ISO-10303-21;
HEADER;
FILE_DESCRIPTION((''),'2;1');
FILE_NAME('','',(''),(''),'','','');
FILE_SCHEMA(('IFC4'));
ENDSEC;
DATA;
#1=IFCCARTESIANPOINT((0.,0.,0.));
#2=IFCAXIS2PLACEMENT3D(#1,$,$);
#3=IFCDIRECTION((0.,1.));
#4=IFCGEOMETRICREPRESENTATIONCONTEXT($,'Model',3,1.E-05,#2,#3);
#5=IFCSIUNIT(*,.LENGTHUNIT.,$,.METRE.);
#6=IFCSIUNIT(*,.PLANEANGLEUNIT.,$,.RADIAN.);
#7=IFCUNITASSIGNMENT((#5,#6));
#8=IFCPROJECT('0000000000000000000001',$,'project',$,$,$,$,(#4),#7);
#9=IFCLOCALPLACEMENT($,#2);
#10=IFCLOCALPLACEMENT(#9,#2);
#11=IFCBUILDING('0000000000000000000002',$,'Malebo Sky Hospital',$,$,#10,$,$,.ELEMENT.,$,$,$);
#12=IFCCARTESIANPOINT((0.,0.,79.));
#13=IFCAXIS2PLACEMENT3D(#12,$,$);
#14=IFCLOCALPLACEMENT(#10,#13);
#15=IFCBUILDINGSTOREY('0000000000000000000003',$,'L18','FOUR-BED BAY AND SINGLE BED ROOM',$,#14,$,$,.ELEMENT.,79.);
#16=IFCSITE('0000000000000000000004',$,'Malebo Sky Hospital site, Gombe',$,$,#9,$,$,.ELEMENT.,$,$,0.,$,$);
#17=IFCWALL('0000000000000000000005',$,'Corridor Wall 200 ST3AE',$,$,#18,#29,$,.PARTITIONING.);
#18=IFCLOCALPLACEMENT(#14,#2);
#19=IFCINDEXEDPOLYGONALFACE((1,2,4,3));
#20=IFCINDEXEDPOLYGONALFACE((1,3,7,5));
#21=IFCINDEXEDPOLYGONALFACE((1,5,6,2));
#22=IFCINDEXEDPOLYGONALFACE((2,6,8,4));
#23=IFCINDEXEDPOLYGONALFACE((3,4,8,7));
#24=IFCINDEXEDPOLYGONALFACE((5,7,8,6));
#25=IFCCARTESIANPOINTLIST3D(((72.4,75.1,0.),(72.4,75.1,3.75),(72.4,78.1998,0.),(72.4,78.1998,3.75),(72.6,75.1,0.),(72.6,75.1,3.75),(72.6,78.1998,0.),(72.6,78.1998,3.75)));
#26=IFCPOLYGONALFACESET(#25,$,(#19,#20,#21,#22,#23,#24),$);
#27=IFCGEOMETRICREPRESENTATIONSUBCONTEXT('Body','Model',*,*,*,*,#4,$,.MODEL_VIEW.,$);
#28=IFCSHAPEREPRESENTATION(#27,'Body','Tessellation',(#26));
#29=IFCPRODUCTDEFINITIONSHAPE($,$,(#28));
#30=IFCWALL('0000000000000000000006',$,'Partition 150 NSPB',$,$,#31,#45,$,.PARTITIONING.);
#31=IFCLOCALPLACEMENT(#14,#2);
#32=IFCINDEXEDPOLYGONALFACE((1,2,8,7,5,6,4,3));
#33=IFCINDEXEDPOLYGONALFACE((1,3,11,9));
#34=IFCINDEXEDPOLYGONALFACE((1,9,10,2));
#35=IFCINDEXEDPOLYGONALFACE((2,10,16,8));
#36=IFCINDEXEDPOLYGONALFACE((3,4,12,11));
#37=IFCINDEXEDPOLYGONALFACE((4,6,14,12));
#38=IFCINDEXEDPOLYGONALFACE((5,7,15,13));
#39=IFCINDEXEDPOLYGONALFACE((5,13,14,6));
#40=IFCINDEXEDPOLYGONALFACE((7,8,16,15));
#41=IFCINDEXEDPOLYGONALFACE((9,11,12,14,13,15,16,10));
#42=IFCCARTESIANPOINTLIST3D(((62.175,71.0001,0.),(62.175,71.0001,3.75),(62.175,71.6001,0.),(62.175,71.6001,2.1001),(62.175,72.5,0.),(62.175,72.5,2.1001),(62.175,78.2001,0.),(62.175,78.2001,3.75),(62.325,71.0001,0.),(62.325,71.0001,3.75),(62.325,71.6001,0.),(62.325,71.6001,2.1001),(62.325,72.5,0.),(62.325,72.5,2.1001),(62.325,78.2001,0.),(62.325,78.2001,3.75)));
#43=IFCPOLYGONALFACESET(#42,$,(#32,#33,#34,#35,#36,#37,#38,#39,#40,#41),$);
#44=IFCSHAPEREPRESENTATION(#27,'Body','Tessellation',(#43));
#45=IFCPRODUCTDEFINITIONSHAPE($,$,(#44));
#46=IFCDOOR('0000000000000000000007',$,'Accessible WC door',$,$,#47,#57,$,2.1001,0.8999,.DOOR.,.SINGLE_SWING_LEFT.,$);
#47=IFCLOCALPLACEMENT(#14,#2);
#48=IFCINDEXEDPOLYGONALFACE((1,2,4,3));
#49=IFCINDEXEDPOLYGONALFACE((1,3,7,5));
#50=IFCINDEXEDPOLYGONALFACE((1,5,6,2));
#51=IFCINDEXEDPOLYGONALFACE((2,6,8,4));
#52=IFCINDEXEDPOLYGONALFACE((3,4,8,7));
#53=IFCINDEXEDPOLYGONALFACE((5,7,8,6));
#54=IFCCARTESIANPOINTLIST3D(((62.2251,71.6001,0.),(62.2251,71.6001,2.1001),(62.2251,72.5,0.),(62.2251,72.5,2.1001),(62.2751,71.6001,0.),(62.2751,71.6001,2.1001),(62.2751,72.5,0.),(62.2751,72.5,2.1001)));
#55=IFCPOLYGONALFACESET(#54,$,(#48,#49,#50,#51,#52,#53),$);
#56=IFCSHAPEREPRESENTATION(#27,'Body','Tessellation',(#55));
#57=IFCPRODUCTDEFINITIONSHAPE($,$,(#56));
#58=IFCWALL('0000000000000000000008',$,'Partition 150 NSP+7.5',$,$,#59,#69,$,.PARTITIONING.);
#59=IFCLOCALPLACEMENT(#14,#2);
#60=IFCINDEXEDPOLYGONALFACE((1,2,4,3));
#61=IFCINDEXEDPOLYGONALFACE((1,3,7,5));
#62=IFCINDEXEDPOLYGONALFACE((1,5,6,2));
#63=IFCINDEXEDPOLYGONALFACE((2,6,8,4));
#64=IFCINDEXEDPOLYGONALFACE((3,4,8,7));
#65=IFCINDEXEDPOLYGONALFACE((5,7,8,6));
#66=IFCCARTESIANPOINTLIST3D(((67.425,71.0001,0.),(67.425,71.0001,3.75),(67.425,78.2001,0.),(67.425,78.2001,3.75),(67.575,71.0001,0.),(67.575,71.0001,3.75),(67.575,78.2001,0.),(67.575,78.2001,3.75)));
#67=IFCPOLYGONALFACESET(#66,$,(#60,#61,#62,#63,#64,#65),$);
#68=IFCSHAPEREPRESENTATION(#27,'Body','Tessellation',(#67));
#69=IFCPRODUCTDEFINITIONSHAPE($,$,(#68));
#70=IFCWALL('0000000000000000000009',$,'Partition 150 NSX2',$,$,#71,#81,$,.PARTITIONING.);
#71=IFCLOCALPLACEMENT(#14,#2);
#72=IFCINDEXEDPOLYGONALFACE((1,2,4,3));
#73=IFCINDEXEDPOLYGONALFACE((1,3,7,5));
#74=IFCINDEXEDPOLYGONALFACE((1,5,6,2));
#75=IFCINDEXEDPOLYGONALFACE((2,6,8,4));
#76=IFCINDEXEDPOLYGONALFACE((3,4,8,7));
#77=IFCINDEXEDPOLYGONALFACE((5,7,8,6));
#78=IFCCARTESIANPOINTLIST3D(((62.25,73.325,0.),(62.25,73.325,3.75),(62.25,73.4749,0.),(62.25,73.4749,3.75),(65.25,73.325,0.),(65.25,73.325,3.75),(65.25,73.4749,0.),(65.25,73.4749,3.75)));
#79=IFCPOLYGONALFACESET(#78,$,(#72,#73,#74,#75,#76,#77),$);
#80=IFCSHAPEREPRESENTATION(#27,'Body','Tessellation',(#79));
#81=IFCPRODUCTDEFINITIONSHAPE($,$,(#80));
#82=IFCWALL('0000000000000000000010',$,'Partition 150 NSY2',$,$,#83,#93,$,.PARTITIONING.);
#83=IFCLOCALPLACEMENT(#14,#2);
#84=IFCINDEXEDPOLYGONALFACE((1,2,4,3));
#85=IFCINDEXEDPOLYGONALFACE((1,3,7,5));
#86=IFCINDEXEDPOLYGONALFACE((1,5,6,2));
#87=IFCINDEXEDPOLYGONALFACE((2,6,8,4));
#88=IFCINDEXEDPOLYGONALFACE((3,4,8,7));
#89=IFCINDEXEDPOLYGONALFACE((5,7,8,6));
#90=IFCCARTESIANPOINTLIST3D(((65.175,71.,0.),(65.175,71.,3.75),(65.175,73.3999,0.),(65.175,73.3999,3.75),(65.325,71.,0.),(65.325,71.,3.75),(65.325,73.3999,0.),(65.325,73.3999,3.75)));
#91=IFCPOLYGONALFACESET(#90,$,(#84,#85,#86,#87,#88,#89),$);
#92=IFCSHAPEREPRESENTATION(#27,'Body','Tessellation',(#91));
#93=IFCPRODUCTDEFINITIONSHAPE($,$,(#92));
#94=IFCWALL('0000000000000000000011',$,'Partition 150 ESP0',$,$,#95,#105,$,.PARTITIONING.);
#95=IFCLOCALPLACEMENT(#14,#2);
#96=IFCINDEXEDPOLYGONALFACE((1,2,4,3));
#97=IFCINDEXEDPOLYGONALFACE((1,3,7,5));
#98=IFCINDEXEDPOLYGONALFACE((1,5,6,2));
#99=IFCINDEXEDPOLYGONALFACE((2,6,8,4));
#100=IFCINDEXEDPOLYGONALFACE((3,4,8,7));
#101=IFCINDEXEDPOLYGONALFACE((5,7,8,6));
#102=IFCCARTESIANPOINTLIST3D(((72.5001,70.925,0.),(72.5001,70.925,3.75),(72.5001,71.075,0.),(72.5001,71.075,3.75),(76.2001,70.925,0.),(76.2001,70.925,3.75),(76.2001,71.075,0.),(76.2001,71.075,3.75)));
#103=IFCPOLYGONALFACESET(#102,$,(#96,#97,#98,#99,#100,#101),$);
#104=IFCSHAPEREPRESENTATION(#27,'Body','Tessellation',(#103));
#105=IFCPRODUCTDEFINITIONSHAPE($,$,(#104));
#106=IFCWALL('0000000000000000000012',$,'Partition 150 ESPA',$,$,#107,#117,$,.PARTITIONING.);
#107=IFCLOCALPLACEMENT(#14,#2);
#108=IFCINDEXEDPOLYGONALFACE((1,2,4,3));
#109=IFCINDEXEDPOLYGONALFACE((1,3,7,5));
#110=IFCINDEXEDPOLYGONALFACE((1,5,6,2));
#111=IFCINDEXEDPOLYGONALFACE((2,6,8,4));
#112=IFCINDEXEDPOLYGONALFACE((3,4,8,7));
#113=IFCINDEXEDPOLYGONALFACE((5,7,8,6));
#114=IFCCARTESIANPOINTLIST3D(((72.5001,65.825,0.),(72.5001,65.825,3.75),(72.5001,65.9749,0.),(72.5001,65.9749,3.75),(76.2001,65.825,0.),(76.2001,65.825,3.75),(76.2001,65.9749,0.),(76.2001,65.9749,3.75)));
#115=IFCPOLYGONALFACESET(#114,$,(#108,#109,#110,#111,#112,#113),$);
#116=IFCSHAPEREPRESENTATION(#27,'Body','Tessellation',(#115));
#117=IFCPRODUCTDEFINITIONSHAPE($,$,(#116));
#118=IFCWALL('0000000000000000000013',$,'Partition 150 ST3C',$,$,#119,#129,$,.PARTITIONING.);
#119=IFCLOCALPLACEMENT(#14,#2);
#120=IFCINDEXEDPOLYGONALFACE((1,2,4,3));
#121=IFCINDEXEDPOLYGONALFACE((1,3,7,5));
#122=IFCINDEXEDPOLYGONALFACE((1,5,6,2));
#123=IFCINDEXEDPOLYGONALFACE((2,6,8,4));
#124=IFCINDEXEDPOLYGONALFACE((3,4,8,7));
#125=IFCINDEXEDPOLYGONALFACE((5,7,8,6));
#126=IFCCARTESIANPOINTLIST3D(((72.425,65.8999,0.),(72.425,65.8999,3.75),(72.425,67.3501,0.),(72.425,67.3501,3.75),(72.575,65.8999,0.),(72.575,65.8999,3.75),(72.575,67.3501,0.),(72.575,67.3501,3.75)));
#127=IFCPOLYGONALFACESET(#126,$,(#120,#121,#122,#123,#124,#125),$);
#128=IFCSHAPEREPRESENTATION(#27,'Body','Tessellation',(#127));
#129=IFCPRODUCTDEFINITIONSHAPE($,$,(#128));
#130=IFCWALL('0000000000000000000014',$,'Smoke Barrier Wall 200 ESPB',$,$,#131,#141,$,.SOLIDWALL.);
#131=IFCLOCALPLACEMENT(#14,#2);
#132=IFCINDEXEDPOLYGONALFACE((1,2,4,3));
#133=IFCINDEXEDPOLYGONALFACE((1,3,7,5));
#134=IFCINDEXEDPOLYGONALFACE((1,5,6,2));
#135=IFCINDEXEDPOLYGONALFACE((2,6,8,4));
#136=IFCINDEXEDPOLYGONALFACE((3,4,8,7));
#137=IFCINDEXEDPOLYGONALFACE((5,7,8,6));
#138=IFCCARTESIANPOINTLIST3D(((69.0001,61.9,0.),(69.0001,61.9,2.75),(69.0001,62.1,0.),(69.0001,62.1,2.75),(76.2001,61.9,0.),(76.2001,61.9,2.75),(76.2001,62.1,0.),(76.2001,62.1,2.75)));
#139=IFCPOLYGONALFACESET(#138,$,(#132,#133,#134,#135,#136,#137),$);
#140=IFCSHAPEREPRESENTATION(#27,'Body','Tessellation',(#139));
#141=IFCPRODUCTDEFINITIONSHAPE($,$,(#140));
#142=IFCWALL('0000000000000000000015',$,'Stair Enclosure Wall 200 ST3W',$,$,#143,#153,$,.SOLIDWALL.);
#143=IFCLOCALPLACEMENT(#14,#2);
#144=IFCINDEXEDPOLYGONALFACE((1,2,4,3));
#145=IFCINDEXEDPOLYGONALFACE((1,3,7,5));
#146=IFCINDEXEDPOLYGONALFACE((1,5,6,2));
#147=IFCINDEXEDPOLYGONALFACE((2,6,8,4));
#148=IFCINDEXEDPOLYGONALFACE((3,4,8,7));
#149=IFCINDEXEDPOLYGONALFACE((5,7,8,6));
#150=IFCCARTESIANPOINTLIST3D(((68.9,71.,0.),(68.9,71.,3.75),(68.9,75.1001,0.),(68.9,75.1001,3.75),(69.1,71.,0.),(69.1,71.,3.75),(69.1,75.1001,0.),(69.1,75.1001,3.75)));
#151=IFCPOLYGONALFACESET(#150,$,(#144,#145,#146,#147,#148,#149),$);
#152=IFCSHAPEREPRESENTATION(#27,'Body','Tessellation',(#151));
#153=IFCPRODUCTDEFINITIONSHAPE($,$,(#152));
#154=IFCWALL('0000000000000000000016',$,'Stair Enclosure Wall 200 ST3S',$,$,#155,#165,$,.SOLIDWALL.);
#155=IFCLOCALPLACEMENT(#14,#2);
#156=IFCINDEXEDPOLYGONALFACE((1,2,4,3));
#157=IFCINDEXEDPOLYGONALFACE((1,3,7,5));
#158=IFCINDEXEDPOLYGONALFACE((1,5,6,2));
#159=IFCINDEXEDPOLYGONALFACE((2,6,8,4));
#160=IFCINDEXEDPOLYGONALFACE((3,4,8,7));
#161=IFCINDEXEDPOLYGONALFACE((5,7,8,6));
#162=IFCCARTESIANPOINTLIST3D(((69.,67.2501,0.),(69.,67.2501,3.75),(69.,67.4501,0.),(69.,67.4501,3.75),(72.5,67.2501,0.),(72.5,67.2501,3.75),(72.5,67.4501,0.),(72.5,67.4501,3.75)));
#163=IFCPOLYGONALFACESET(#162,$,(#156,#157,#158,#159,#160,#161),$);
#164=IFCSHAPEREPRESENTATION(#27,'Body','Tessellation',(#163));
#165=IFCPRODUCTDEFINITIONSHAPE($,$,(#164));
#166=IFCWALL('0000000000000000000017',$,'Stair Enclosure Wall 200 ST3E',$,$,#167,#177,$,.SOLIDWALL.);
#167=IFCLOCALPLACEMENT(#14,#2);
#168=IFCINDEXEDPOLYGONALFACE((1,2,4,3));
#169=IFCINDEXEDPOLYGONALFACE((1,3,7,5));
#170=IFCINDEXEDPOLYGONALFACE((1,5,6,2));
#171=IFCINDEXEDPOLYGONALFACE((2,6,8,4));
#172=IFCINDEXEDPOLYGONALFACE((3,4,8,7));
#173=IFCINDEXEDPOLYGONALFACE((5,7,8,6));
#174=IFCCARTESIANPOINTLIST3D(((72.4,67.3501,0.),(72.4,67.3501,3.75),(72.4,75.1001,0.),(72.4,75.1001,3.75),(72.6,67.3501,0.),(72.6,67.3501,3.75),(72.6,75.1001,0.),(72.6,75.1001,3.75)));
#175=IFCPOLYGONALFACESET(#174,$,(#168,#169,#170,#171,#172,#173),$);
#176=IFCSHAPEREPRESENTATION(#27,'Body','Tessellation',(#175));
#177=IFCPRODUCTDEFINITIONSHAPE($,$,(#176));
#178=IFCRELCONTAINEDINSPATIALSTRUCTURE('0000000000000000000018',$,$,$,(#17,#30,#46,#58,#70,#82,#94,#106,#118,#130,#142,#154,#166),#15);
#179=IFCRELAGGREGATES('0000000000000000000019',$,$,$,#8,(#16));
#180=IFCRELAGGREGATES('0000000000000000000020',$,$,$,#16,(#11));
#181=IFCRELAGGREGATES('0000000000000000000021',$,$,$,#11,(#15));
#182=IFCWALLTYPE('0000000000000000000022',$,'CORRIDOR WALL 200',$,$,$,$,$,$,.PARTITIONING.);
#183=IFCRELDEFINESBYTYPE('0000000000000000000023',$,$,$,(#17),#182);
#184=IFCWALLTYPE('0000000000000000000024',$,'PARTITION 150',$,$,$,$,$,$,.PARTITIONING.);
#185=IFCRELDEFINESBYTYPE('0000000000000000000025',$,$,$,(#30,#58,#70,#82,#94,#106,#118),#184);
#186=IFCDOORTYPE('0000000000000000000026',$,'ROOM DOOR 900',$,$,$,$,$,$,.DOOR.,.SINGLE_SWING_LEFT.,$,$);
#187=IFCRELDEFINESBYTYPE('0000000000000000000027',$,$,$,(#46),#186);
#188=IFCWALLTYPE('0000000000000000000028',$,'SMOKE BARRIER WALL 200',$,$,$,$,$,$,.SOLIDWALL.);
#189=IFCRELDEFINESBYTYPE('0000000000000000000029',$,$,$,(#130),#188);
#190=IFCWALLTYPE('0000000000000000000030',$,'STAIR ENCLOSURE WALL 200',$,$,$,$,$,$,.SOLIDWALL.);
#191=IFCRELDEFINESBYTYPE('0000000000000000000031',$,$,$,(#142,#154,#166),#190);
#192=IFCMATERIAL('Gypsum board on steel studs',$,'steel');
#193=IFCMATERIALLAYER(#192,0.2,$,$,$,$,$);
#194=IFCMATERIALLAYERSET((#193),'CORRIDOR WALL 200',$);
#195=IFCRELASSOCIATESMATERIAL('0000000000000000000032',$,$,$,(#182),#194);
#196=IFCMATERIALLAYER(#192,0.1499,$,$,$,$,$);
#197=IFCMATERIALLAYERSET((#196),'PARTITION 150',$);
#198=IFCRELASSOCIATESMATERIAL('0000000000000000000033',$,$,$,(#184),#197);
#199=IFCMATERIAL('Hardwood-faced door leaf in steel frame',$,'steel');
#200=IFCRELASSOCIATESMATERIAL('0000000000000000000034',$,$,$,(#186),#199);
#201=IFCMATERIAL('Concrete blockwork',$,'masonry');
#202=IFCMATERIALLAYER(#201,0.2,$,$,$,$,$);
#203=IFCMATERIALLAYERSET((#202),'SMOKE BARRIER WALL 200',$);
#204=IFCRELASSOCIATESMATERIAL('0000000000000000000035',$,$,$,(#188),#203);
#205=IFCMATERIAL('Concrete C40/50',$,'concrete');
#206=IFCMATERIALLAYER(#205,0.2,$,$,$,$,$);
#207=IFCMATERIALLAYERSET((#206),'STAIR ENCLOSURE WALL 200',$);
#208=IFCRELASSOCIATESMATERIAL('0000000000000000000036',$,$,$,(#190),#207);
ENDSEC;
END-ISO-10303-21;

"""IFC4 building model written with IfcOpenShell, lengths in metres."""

from ifc_helpers import new_model, si_unit, direction, frame, frame_2d, origin, place, context, subcontext, project, spatial, rectangle, extrude, material, layer, layer_set, type_object, element, fill, save


model = new_model("IFC4")

# Units and contexts
model_context = context("Model", 3, precision=1e-05, world=origin(), true_north=direction((0.0, 1.0)))
body_context = subcontext(model_context, "Body", "Model", "MODEL_VIEW")
ifc_project = project(units=[si_unit("LENGTHUNIT", "METRE"), si_unit("PLANEANGLEUNIT", "RADIAN")], contexts=[model_context])

# Site, building, storey
site_placement = place(None, origin())
site = spatial("IfcSite", under=ifc_project, at=site_placement, Name="Malebo Sky Hospital site, Gombe", CompositionType="ELEMENT", RefElevation=0.0)
building_placement = place(site_placement, origin())
building = spatial("IfcBuilding", under=site, at=building_placement, Name="Malebo Sky Hospital", CompositionType="ELEMENT")
storey_placement = place(building_placement, frame((0.0, 0.0, 79.0)))
storey = spatial("IfcBuildingStorey", under=building, at=storey_placement, Name="L18", Description="FOUR-BED BAY AND SINGLE BED ROOM", CompositionType="ELEMENT", Elevation=79.0)

# Wall
ifc_material_1 = material(Name="Gypsum board on steel studs", Category="steel")
ifc_layer_1 = layer(ifc_material_1, 0.2)
ifc_layer_set_1 = layer_set([ifc_layer_1], Name="CORRIDOR WALL 200")
wall_type_1 = type_object("IfcWallType", Name="CORRIDOR WALL 200", PredefinedType="PARTITIONING", material=ifc_layer_set_1)
for number, where, z_axis, x_axis, name in (
    (1, (72.5, 75.1001, 0.0), (0.0, 0.0, 1.0), (0.0, 1.0, 0.0), "Corridor Wall 200 ST3AE"),
):
    element("IfcWall", number, at=place(storey_placement, frame(where, z_axis=z_axis, x_axis=x_axis)), inside=storey, type_object=wall_type_1, Name=name, PredefinedType="PARTITIONING", context=body_context, shape_type="SweptSolid", body=[
        extrude(rectangle(XDim=3.0999, YDim=0.2, at=frame_2d((1.5498, 0.0))), origin(), (0.0, 0.0, 1.0), 3.75),
    ])

# Wall, opening, door
ifc_layer_2 = layer(ifc_material_1, 0.1499)
ifc_layer_set_2 = layer_set([ifc_layer_2], Name="PARTITION 150")
wall_type_2 = type_object("IfcWallType", Name="PARTITION 150", PredefinedType="PARTITIONING", material=ifc_layer_set_2)
wall_1_placement = place(storey_placement, frame((62.25, 71.0, 0.0), z_axis=(0.0, 0.0, 1.0), x_axis=(0.0, 1.0, 0.0)))
wall_1 = element("IfcWall", 2, at=wall_1_placement, inside=storey, type_object=wall_type_2, Name="Partition 150 NSPB", PredefinedType="PARTITIONING", context=body_context, shape_type="SweptSolid", body=[
    extrude(rectangle(XDim=7.2, YDim=0.1499, at=frame_2d((3.6001, 0.0))), origin(), (0.0, 0.0, 1.0), 3.75),
])
opening_1_placement = place(wall_1_placement, frame((0.6001, 0.0, 0.0)))
opening_1 = element("IfcOpeningElement", 3, at=opening_1_placement, cuts=wall_1, PredefinedType="OPENING", context=body_context, shape_type="SweptSolid", body=[
    extrude(rectangle(XDim=0.8999, YDim=2.1001, at=frame_2d((0.45, 1.05))), frame((0.0, 0.085, 0.0), z_axis=(0.0, -1.0, 0.0), x_axis=(1.0, 0.0, 0.0)), (0.0, 0.0, 1.0), 0.1699),
])
ifc_material_2 = material(Name="Hardwood-faced door leaf in steel frame", Category="steel")
door_type_1 = type_object("IfcDoorType", Name="ROOM DOOR 900", OperationType="SINGLE_SWING_LEFT", PredefinedType="DOOR", material=ifc_material_2)
door_1_placement = place(opening_1_placement, origin())
door_1 = element("IfcDoor", 4, at=door_1_placement, inside=storey, type_object=door_type_1, Name="Accessible WC door", OperationType="SINGLE_SWING_LEFT", OverallHeight=2.1001, OverallWidth=0.8999, PredefinedType="DOOR", context=body_context, shape_type="SweptSolid", body=[
    extrude(rectangle(XDim=0.8999, YDim=2.1001, at=frame_2d((0.45, 1.05))), frame((0.0, 0.0249, 0.0), z_axis=(0.0, -1.0, 0.0), x_axis=(1.0, 0.0, 0.0)), (0.0, 0.0, 1.0), 0.05),
])
fill(opening_1, door_1)

# Walls
wall_2_placement = place(storey_placement, frame((67.5, 71.0, 0.0), z_axis=(0.0, 0.0, 1.0), x_axis=(0.0, 1.0, 0.0)))
element("IfcWall", 5, at=wall_2_placement, inside=storey, type_object=wall_type_2, Name="Partition 150 NSP+7.5", PredefinedType="PARTITIONING", context=body_context, shape_type="SweptSolid", body=[
    extrude(rectangle(XDim=7.2, YDim=0.1499, at=frame_2d((3.6001, 0.0))), origin(), (0.0, 0.0, 1.0), 3.75),
])
wall_3_placement = place(storey_placement, frame((62.25, 73.3999, 0.0), z_axis=(0.0, 0.0, 1.0), x_axis=(1.0, 0.0, 0.0)))
element("IfcWall", 6, at=wall_3_placement, inside=storey, type_object=wall_type_2, Name="Partition 150 NSX2", PredefinedType="PARTITIONING", context=body_context, shape_type="SweptSolid", body=[
    extrude(rectangle(XDim=3.0, YDim=0.1499, at=frame_2d((1.5, 0.0))), origin(), (0.0, 0.0, 1.0), 3.75),
])
wall_4_placement = place(storey_placement, frame((65.25, 71.0, 0.0), z_axis=(0.0, 0.0, 1.0), x_axis=(0.0, 1.0, 0.0)))
element("IfcWall", 7, at=wall_4_placement, inside=storey, type_object=wall_type_2, Name="Partition 150 NSY2", PredefinedType="PARTITIONING", context=body_context, shape_type="SweptSolid", body=[
    extrude(rectangle(XDim=2.3999, YDim=0.1499, at=frame_2d((1.2, 0.0))), origin(), (0.0, 0.0, 1.0), 3.75),
])
for number, where, z_axis, x_axis, name in (
    (8, (72.5, 71.0, 0.0), (0.0, 0.0, 1.0), (1.0, 0.0, 0.0), "Partition 150 ESP0"),
    (9, (72.5, 65.8999, 0.0), (0.0, 0.0, 1.0), (1.0, 0.0, 0.0), "Partition 150 ESPA"),
):
    element("IfcWall", number, at=place(storey_placement, frame(where, z_axis=z_axis, x_axis=x_axis)), inside=storey, type_object=wall_type_2, Name=name, PredefinedType="PARTITIONING", context=body_context, shape_type="SweptSolid", body=[
        extrude(rectangle(XDim=3.7, YDim=0.1499, at=frame_2d((1.8501, 0.0))), origin(), (0.0, 0.0, 1.0), 3.75),
    ])
wall_5_placement = place(storey_placement, frame((72.5, 65.8999, 0.0), z_axis=(0.0, 0.0, 1.0), x_axis=(0.0, 1.0, 0.0)))
element("IfcWall", 10, at=wall_5_placement, inside=storey, type_object=wall_type_2, Name="Partition 150 ST3C", PredefinedType="PARTITIONING", context=body_context, shape_type="SweptSolid", body=[
    extrude(rectangle(XDim=1.4502, YDim=0.1499, at=frame_2d((0.7251, 0.0))), origin(), (0.0, 0.0, 1.0), 3.75),
])
ifc_material_3 = material(Name="Concrete blockwork", Category="masonry")
ifc_layer_3 = layer(ifc_material_3, 0.2)
ifc_layer_set_3 = layer_set([ifc_layer_3], Name="SMOKE BARRIER WALL 200")
wall_type_3 = type_object("IfcWallType", Name="SMOKE BARRIER WALL 200", PredefinedType="SOLIDWALL", material=ifc_layer_set_3)
wall_6_placement = place(storey_placement, frame((69.0, 62.0, 0.0), z_axis=(0.0, 0.0, 1.0), x_axis=(1.0, 0.0, 0.0)))
element("IfcWall", 11, at=wall_6_placement, inside=storey, type_object=wall_type_3, Name="Smoke Barrier Wall 200 ESPB", PredefinedType="SOLIDWALL", context=body_context, shape_type="SweptSolid", body=[
    extrude(rectangle(XDim=7.2, YDim=0.2, at=frame_2d((3.6001, 0.0))), origin(), (0.0, 0.0, 1.0), 2.75),
])
ifc_material_4 = material(Name="Concrete C40/50", Category="concrete")
ifc_layer_4 = layer(ifc_material_4, 0.2)
ifc_layer_set_4 = layer_set([ifc_layer_4], Name="STAIR ENCLOSURE WALL 200")
wall_type_4 = type_object("IfcWallType", Name="STAIR ENCLOSURE WALL 200", PredefinedType="SOLIDWALL", material=ifc_layer_set_4)
wall_7_placement = place(storey_placement, frame((69.0, 71.0, 0.0), z_axis=(0.0, 0.0, 1.0), x_axis=(0.0, 1.0, 0.0)))
element("IfcWall", 12, at=wall_7_placement, inside=storey, type_object=wall_type_4, Name="Stair Enclosure Wall 200 ST3W", PredefinedType="SOLIDWALL", context=body_context, shape_type="SweptSolid", body=[
    extrude(rectangle(XDim=4.1001, YDim=0.2, at=frame_2d((2.05, 0.0))), origin(), (0.0, 0.0, 1.0), 3.75),
])
wall_8_placement = place(storey_placement, frame((69.0, 67.3501, 0.0), z_axis=(0.0, 0.0, 1.0), x_axis=(1.0, 0.0, 0.0)))
element("IfcWall", 13, at=wall_8_placement, inside=storey, type_object=wall_type_4, Name="Stair Enclosure Wall 200 ST3S", PredefinedType="SOLIDWALL", context=body_context, shape_type="SweptSolid", body=[
    extrude(rectangle(XDim=3.5, YDim=0.2, at=frame_2d((1.75, 0.0))), origin(), (0.0, 0.0, 1.0), 3.75),
])
wall_9_placement = place(storey_placement, frame((72.5, 67.3501, 0.0), z_axis=(0.0, 0.0, 1.0), x_axis=(0.0, 1.0, 0.0)))
element("IfcWall", 14, at=wall_9_placement, inside=storey, type_object=wall_type_4, Name="Stair Enclosure Wall 200 ST3E", PredefinedType="SOLIDWALL", context=body_context, shape_type="SweptSolid", body=[
    extrude(rectangle(XDim=7.75, YDim=0.2, at=frame_2d((3.875, 0.0))), origin(), (0.0, 0.0, 1.0), 3.75),
])

save(model, "model.ifc")
